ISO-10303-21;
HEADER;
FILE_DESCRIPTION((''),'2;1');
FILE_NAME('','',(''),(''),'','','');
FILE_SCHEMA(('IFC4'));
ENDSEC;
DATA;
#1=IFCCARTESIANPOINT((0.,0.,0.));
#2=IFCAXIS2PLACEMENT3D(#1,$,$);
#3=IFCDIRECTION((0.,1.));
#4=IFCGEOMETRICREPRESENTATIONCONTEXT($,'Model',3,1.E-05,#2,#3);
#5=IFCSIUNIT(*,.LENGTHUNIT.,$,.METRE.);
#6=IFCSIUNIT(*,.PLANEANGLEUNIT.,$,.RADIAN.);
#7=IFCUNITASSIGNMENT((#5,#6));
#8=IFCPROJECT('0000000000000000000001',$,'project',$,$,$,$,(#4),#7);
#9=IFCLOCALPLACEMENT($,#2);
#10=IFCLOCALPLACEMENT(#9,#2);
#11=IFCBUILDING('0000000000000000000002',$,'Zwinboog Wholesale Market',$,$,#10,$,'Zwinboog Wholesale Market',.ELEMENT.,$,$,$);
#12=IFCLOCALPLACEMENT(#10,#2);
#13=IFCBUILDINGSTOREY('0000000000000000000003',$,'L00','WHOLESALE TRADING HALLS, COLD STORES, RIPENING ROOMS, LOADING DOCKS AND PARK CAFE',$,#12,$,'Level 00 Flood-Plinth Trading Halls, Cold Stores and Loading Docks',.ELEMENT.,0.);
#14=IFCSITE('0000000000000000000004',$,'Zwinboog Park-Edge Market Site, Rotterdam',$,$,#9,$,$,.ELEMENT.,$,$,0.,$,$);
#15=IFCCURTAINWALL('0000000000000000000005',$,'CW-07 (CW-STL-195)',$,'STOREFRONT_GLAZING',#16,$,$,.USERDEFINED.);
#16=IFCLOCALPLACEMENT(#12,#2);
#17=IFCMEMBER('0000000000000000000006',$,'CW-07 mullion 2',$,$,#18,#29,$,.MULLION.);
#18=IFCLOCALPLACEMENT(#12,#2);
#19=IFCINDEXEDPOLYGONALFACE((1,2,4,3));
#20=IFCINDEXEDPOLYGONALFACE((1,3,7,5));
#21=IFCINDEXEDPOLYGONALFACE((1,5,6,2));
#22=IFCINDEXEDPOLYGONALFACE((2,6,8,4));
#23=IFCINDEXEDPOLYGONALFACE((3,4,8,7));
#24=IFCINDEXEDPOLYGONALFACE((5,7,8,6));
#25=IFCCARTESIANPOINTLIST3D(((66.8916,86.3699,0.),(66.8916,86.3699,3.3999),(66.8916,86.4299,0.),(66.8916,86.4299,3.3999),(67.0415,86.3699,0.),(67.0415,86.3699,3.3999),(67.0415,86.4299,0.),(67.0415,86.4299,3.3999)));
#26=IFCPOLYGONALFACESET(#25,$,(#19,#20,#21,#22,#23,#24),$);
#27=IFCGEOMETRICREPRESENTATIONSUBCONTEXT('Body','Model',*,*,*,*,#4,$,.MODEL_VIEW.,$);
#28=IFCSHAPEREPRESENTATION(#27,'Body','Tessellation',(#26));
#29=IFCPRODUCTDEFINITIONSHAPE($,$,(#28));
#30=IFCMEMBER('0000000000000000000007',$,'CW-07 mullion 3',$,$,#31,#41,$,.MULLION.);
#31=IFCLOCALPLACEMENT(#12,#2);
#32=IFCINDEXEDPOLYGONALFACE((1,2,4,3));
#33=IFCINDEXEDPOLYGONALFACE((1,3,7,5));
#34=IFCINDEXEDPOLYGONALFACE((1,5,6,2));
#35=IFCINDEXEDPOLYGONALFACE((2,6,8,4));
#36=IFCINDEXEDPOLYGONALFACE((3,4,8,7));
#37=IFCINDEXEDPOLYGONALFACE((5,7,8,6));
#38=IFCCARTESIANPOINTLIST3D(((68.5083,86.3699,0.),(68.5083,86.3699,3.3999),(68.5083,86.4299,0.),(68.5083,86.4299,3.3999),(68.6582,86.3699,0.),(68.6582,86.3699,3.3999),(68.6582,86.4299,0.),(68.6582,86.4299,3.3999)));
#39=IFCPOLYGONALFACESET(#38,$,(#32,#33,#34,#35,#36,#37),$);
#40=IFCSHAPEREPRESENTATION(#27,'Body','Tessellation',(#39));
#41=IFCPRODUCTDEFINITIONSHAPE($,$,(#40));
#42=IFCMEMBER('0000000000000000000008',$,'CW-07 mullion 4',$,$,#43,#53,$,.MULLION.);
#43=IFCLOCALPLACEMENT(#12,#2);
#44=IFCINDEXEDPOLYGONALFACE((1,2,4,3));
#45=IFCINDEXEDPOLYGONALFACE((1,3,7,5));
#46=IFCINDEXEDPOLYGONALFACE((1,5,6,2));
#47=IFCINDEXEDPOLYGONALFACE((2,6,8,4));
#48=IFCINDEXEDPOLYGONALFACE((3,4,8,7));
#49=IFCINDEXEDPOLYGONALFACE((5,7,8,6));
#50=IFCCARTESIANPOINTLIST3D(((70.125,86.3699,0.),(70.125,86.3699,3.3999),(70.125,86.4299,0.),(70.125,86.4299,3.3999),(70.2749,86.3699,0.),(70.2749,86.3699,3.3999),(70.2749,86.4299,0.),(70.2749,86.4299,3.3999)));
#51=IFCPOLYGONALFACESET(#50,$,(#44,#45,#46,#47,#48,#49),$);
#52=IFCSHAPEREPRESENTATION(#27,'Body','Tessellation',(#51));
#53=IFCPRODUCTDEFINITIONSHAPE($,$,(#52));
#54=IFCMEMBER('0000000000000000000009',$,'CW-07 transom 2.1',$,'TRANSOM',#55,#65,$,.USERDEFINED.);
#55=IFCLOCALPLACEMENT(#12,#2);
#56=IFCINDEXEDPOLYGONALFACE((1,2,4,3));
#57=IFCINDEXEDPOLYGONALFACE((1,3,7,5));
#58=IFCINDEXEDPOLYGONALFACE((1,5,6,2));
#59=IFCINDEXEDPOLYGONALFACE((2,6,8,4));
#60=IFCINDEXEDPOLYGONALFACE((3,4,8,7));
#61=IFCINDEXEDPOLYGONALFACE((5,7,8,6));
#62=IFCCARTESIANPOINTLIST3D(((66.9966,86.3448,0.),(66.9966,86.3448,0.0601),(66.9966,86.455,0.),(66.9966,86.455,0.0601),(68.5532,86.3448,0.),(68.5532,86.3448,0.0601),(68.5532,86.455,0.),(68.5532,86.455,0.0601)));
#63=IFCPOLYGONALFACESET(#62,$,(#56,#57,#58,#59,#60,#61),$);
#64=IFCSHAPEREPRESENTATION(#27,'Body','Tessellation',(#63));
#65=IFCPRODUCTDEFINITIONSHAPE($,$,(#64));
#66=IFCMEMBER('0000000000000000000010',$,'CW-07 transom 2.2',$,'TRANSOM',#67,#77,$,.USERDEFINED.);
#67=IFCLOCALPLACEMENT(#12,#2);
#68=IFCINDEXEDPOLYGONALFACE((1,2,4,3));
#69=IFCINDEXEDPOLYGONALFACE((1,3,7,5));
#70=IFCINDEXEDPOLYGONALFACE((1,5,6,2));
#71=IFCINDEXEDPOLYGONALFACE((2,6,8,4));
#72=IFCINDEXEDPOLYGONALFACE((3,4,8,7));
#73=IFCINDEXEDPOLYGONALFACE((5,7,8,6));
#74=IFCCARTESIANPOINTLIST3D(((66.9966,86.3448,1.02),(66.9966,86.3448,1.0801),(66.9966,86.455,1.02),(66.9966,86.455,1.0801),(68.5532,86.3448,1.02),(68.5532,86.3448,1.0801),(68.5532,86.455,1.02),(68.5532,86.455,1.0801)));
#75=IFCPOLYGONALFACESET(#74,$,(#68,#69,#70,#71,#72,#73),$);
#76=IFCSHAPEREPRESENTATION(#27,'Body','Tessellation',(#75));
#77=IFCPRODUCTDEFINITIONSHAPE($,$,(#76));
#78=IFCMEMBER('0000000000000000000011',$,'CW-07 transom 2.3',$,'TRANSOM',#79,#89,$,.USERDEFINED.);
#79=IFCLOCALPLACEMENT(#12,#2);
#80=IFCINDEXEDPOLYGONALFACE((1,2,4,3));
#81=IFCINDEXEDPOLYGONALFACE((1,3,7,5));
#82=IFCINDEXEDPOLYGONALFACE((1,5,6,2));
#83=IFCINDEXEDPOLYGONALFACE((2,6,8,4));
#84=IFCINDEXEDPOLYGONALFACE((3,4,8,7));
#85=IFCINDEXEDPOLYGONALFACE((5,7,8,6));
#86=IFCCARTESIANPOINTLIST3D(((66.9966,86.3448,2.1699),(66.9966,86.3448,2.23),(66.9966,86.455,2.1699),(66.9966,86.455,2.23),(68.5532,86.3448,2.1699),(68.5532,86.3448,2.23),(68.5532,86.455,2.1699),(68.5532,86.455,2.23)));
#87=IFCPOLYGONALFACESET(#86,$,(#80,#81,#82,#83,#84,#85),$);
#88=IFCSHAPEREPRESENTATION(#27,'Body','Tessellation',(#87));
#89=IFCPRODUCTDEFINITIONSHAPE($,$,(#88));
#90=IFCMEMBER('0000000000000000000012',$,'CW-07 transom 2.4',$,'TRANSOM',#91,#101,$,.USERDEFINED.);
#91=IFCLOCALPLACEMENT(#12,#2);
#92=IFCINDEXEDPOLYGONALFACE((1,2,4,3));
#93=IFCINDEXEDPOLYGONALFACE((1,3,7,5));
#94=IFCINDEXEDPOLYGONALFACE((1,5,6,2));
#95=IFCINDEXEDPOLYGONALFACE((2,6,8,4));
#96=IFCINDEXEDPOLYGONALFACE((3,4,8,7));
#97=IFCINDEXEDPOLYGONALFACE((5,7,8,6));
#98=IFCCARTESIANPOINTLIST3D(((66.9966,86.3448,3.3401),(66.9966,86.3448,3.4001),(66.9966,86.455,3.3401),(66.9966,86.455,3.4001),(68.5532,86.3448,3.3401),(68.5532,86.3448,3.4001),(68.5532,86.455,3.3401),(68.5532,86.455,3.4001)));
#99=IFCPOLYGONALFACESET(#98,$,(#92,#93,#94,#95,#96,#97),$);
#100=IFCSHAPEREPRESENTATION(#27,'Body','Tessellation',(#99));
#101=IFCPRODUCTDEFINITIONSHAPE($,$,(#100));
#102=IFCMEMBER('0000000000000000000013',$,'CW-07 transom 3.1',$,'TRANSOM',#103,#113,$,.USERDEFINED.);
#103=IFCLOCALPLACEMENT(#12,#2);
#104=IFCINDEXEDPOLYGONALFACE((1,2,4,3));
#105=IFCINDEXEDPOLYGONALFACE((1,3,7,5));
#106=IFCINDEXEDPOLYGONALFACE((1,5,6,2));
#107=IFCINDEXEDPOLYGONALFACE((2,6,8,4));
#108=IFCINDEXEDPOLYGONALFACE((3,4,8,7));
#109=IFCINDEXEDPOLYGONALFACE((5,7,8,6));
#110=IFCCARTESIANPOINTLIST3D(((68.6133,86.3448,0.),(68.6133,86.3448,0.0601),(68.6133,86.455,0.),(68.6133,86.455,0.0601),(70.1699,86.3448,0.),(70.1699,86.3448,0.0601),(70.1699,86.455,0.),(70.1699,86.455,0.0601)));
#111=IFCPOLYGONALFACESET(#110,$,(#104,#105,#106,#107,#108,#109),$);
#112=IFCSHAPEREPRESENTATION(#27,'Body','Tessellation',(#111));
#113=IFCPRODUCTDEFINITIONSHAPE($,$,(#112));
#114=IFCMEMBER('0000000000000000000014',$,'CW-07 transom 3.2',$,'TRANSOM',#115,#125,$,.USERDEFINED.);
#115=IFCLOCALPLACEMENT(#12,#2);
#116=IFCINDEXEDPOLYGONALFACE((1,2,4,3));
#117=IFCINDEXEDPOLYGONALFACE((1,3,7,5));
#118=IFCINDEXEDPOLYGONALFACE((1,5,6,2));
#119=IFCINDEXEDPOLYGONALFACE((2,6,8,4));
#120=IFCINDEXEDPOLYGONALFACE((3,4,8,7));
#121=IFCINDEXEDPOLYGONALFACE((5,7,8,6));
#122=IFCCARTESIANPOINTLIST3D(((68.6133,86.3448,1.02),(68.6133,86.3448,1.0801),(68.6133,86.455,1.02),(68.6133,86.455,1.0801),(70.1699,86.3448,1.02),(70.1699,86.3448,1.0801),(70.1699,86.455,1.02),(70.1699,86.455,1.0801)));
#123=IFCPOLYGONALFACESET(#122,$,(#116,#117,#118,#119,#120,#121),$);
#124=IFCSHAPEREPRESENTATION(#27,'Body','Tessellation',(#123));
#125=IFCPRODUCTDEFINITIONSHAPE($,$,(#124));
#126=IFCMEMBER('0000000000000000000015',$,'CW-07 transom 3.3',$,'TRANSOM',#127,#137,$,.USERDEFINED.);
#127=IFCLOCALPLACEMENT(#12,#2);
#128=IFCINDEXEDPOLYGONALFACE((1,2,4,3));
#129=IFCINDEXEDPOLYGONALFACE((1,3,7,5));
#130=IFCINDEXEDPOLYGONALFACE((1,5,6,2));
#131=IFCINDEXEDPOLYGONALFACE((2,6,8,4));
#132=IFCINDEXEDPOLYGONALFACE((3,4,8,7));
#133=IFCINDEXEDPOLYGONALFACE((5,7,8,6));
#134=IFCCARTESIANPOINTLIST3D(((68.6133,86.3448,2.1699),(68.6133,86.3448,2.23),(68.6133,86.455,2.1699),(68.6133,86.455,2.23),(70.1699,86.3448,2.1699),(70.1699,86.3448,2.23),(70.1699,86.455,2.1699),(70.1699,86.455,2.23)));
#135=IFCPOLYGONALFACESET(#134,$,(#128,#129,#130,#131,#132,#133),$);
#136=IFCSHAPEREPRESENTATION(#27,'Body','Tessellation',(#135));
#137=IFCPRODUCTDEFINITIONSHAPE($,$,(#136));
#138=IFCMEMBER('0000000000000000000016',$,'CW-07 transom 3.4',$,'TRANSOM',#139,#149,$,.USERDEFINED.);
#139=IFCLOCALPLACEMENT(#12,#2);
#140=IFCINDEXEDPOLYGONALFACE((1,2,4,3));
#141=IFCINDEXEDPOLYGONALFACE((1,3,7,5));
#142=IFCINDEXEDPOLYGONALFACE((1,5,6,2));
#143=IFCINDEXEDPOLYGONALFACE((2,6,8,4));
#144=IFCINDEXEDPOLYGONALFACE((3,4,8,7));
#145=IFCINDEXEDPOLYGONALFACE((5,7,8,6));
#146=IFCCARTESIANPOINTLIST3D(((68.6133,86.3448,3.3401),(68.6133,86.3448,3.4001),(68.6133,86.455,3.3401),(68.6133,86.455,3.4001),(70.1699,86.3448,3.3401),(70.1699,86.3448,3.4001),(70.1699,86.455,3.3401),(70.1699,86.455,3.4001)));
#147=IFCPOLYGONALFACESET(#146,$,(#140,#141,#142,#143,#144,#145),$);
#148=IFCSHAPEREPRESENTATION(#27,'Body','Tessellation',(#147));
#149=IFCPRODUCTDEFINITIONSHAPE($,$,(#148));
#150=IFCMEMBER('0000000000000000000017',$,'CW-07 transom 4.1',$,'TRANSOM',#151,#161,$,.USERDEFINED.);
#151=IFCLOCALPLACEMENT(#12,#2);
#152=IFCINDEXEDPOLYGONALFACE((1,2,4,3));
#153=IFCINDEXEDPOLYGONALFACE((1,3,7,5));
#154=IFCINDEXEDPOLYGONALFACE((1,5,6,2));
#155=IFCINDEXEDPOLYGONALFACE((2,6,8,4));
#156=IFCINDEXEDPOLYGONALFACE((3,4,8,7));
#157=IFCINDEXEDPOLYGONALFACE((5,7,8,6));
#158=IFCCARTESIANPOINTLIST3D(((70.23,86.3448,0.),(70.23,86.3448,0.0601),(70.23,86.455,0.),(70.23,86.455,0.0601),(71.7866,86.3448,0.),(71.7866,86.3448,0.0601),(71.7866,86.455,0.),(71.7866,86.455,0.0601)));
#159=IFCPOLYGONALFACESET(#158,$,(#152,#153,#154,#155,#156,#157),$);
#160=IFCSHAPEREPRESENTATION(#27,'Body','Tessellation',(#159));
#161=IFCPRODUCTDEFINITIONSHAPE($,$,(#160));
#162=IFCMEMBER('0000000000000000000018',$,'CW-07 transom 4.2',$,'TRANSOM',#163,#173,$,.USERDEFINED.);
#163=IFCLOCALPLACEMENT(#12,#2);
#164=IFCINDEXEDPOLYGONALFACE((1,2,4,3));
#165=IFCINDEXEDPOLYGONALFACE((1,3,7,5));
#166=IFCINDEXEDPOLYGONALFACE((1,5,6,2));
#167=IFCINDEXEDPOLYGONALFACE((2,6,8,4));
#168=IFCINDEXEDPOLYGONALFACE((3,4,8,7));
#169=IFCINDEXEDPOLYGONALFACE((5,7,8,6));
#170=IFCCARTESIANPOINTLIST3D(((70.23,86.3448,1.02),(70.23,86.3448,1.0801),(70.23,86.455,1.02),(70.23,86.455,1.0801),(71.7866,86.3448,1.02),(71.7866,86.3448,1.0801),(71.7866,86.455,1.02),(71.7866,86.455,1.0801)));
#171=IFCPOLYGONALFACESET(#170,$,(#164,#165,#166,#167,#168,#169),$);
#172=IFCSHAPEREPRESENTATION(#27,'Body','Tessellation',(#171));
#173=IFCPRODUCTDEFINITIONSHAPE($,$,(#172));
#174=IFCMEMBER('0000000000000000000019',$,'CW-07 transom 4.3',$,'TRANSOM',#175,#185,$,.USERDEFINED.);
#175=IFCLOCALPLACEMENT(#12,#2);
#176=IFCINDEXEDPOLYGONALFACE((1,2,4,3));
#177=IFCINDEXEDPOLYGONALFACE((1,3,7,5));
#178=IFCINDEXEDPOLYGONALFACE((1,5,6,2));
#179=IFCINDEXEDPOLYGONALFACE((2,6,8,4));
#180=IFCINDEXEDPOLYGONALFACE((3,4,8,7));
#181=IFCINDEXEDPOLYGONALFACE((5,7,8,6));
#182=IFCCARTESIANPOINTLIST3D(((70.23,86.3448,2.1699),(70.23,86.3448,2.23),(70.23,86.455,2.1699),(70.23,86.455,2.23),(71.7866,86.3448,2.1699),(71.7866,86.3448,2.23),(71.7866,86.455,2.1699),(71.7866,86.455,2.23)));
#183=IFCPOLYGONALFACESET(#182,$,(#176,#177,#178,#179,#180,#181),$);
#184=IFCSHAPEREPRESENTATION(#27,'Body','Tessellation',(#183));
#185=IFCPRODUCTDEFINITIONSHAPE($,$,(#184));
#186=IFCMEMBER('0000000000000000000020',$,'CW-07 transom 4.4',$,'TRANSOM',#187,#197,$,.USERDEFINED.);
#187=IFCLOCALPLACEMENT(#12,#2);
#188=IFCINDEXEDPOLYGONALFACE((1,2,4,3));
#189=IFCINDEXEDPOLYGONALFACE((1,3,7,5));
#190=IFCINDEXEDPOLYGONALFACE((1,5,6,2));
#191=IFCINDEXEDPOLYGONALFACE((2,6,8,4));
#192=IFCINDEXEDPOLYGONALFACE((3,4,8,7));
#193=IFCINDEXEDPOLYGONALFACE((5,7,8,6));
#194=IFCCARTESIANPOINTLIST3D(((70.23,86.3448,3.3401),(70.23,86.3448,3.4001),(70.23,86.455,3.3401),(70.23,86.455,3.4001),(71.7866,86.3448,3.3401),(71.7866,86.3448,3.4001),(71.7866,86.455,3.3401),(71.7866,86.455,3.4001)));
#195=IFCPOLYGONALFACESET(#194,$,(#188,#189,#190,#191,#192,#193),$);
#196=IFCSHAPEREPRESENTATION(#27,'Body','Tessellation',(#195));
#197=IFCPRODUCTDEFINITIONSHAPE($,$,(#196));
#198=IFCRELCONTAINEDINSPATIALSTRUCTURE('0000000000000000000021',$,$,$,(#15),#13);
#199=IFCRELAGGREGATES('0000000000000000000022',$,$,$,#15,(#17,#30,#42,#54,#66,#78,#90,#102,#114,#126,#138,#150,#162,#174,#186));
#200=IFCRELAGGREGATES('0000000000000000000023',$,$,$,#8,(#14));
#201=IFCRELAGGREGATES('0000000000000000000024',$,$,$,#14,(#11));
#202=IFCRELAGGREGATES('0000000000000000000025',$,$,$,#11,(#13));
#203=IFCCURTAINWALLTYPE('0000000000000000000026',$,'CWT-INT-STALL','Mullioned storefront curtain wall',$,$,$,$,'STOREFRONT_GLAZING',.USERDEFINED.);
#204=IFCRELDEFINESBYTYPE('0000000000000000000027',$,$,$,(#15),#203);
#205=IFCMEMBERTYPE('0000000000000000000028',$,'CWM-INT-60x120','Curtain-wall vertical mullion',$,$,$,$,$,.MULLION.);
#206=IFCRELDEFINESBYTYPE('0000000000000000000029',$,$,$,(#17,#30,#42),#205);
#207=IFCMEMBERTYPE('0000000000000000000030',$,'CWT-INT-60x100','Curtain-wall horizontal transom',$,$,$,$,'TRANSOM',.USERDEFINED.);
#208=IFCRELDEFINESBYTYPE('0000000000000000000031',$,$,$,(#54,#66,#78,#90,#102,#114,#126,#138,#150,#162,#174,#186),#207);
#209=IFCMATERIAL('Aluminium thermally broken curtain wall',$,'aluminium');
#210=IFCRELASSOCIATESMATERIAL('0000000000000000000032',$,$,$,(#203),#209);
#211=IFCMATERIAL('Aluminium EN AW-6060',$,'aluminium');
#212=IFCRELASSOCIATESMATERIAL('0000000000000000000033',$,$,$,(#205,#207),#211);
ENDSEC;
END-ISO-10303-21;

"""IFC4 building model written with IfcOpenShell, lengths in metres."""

from ifc_helpers import new_model, si_unit, direction, frame, origin, origin_2d, place, context, subcontext, project, spatial, rectangle, extrude, material, material_profile, profile_set, type_object, element, aggregate, save


model = new_model("IFC4")

# Units and contexts
model_context = context("Model", 3, precision=1e-05, world=origin(), true_north=direction((0.0, 1.0)))
body_context = subcontext(model_context, "Body", "Model", "MODEL_VIEW")
ifc_project = project(units=[si_unit("LENGTHUNIT", "METRE"), si_unit("PLANEANGLEUNIT", "RADIAN")], contexts=[model_context])

# Site, building, storey
site_placement = place(None, origin())
site = spatial("IfcSite", under=ifc_project, at=site_placement, Name="Zwinboog Park-Edge Market Site, Rotterdam", CompositionType="ELEMENT", RefElevation=0.0)
building_placement = place(site_placement, origin())
building = spatial("IfcBuilding", under=site, at=building_placement, Name="Zwinboog Wholesale Market", LongName="Zwinboog Wholesale Market", CompositionType="ELEMENT")
storey_placement = place(building_placement, origin())
storey = spatial("IfcBuildingStorey", under=building, at=storey_placement, Name="L00", Description="WHOLESALE TRADING HALLS, COLD STORES, RIPENING ROOMS, LOADING DOCKS AND PARK CAFE", LongName="Level 00 Flood-Plinth Trading Halls, Cold Stores and Loading Docks", CompositionType="ELEMENT", Elevation=0.0)

# Curtain wall, members
ifc_material_1 = material(Name="Aluminium thermally broken curtain wall", Category="aluminium")
curtain_wall_type = type_object("IfcCurtainWallType", Name="CWT-INT-STALL", Description="Mullioned storefront curtain wall", ElementType="STOREFRONT_GLAZING", PredefinedType="USERDEFINED", material=ifc_material_1)
curtain_wall_placement = place(storey_placement, origin())
curtain_wall = element("IfcCurtainWall", 1, at=curtain_wall_placement, inside=storey, type_object=curtain_wall_type, Name="CW-07 (CW-STL-195)", ObjectType="STOREFRONT_GLAZING", PredefinedType="USERDEFINED")
ifc_material_2 = material(Name="Aluminium EN AW-6060", Category="aluminium")
ifc_material_profile_1 = material_profile(ifc_material_2, rectangle(XDim=0.0601, YDim=0.1499, at=origin_2d()), Name="AL 60x150")
ifc_profile_set_1 = profile_set([ifc_material_profile_1], Name="Aluminium EN AW-6060")
member_type_1 = type_object("IfcMemberType", Name="CWM-INT-60x120", Description="Curtain-wall vertical mullion", PredefinedType="MULLION", material=ifc_profile_set_1)
member_1_placement = place(storey_placement, frame((66.9666, 86.3999, 0.0), z_axis=(0.0, 0.0, 1.0), x_axis=(0.0, 1.0, 0.0)))
member_1 = element("IfcMember", 2, at=member_1_placement, type_object=member_type_1, Name="CW-07 mullion 2", PredefinedType="MULLION", context=body_context, shape_type="SweptSolid", body=[
    extrude(rectangle(XDim=0.0601, YDim=0.1499, at=origin_2d()), origin(), (0.0, 0.0, 1.0), 3.3999),
])
member_2_placement = place(storey_placement, frame((68.5833, 86.3999, 0.0), z_axis=(0.0, 0.0, 1.0), x_axis=(0.0, 1.0, 0.0)))
member_2 = element("IfcMember", 3, at=member_2_placement, type_object=member_type_1, Name="CW-07 mullion 3", PredefinedType="MULLION", context=body_context, shape_type="SweptSolid", body=[
    extrude(rectangle(XDim=0.0601, YDim=0.1499, at=origin_2d()), origin(), (0.0, 0.0, 1.0), 3.3999),
])
member_3_placement = place(storey_placement, frame((70.2, 86.3999, 0.0), z_axis=(0.0, 0.0, 1.0), x_axis=(0.0, 1.0, 0.0)))
member_3 = element("IfcMember", 4, at=member_3_placement, type_object=member_type_1, Name="CW-07 mullion 4", PredefinedType="MULLION", context=body_context, shape_type="SweptSolid", body=[
    extrude(rectangle(XDim=0.0601, YDim=0.1499, at=origin_2d()), origin(), (0.0, 0.0, 1.0), 3.3999),
])
ifc_material_profile_2 = material_profile(ifc_material_2, rectangle(XDim=0.1101, YDim=0.0601, at=origin_2d()), Name="AL 60x110")
ifc_profile_set_2 = profile_set([ifc_material_profile_2], Name="Aluminium EN AW-6060")
member_type_2 = type_object("IfcMemberType", Name="CWT-INT-60x100", Description="Curtain-wall horizontal transom", ElementType="TRANSOM", PredefinedType="USERDEFINED", material=ifc_profile_set_2)
member_4_placement = place(storey_placement, frame((66.9966, 86.3999, 0.03), z_axis=(1.0, 0.0, 0.0), x_axis=(0.0, 1.0, 0.0)))
member_4 = element("IfcMember", 5, at=member_4_placement, type_object=member_type_2, Name="CW-07 transom 2.1", ObjectType="TRANSOM", PredefinedType="USERDEFINED", context=body_context, shape_type="SweptSolid", body=[
    extrude(rectangle(XDim=0.1101, YDim=0.0601, at=origin_2d()), origin(), (0.0, 0.0, 1.0), 1.5566),
])
member_5_placement = place(storey_placement, frame((66.9966, 86.3999, 1.05), z_axis=(1.0, 0.0, 0.0), x_axis=(0.0, 1.0, 0.0)))
member_5 = element("IfcMember", 6, at=member_5_placement, type_object=member_type_2, Name="CW-07 transom 2.2", ObjectType="TRANSOM", PredefinedType="USERDEFINED", context=body_context, shape_type="SweptSolid", body=[
    extrude(rectangle(XDim=0.1101, YDim=0.0601, at=origin_2d()), origin(), (0.0, 0.0, 1.0), 1.5566),
])
member_6_placement = place(storey_placement, frame((66.9966, 86.3999, 2.2), z_axis=(1.0, 0.0, 0.0), x_axis=(0.0, 1.0, 0.0)))
member_6 = element("IfcMember", 7, at=member_6_placement, type_object=member_type_2, Name="CW-07 transom 2.3", ObjectType="TRANSOM", PredefinedType="USERDEFINED", context=body_context, shape_type="SweptSolid", body=[
    extrude(rectangle(XDim=0.1101, YDim=0.0601, at=origin_2d()), origin(), (0.0, 0.0, 1.0), 1.5566),
])
member_7_placement = place(storey_placement, frame((66.9966, 86.3999, 3.3701), z_axis=(1.0, 0.0, 0.0), x_axis=(0.0, 1.0, 0.0)))
member_7 = element("IfcMember", 8, at=member_7_placement, type_object=member_type_2, Name="CW-07 transom 2.4", ObjectType="TRANSOM", PredefinedType="USERDEFINED", context=body_context, shape_type="SweptSolid", body=[
    extrude(rectangle(XDim=0.1101, YDim=0.0601, at=origin_2d()), origin(), (0.0, 0.0, 1.0), 1.5566),
])
member_8_placement = place(storey_placement, frame((68.6133, 86.3999, 0.03), z_axis=(1.0, 0.0, 0.0), x_axis=(0.0, 1.0, 0.0)))
member_8 = element("IfcMember", 9, at=member_8_placement, type_object=member_type_2, Name="CW-07 transom 3.1", ObjectType="TRANSOM", PredefinedType="USERDEFINED", context=body_context, shape_type="SweptSolid", body=[
    extrude(rectangle(XDim=0.1101, YDim=0.0601, at=origin_2d()), origin(), (0.0, 0.0, 1.0), 1.5566),
])
member_9_placement = place(storey_placement, frame((68.6133, 86.3999, 1.05), z_axis=(1.0, 0.0, 0.0), x_axis=(0.0, 1.0, 0.0)))
member_9 = element("IfcMember", 10, at=member_9_placement, type_object=member_type_2, Name="CW-07 transom 3.2", ObjectType="TRANSOM", PredefinedType="USERDEFINED", context=body_context, shape_type="SweptSolid", body=[
    extrude(rectangle(XDim=0.1101, YDim=0.0601, at=origin_2d()), origin(), (0.0, 0.0, 1.0), 1.5566),
])
member_10_placement = place(storey_placement, frame((68.6133, 86.3999, 2.2), z_axis=(1.0, 0.0, 0.0), x_axis=(0.0, 1.0, 0.0)))
member_10 = element("IfcMember", 11, at=member_10_placement, type_object=member_type_2, Name="CW-07 transom 3.3", ObjectType="TRANSOM", PredefinedType="USERDEFINED", context=body_context, shape_type="SweptSolid", body=[
    extrude(rectangle(XDim=0.1101, YDim=0.0601, at=origin_2d()), origin(), (0.0, 0.0, 1.0), 1.5566),
])
member_11_placement = place(storey_placement, frame((68.6133, 86.3999, 3.3701), z_axis=(1.0, 0.0, 0.0), x_axis=(0.0, 1.0, 0.0)))
member_11 = element("IfcMember", 12, at=member_11_placement, type_object=member_type_2, Name="CW-07 transom 3.4", ObjectType="TRANSOM", PredefinedType="USERDEFINED", context=body_context, shape_type="SweptSolid", body=[
    extrude(rectangle(XDim=0.1101, YDim=0.0601, at=origin_2d()), origin(), (0.0, 0.0, 1.0), 1.5566),
])
member_12_placement = place(storey_placement, frame((70.23, 86.3999, 0.03), z_axis=(1.0, 0.0, 0.0), x_axis=(0.0, 1.0, 0.0)))
member_12 = element("IfcMember", 13, at=member_12_placement, type_object=member_type_2, Name="CW-07 transom 4.1", ObjectType="TRANSOM", PredefinedType="USERDEFINED", context=body_context, shape_type="SweptSolid", body=[
    extrude(rectangle(XDim=0.1101, YDim=0.0601, at=origin_2d()), origin(), (0.0, 0.0, 1.0), 1.5566),
])
member_13_placement = place(storey_placement, frame((70.23, 86.3999, 1.05), z_axis=(1.0, 0.0, 0.0), x_axis=(0.0, 1.0, 0.0)))
member_13 = element("IfcMember", 14, at=member_13_placement, type_object=member_type_2, Name="CW-07 transom 4.2", ObjectType="TRANSOM", PredefinedType="USERDEFINED", context=body_context, shape_type="SweptSolid", body=[
    extrude(rectangle(XDim=0.1101, YDim=0.0601, at=origin_2d()), origin(), (0.0, 0.0, 1.0), 1.5566),
])
member_14_placement = place(storey_placement, frame((70.23, 86.3999, 2.2), z_axis=(1.0, 0.0, 0.0), x_axis=(0.0, 1.0, 0.0)))
member_14 = element("IfcMember", 15, at=member_14_placement, type_object=member_type_2, Name="CW-07 transom 4.3", ObjectType="TRANSOM", PredefinedType="USERDEFINED", context=body_context, shape_type="SweptSolid", body=[
    extrude(rectangle(XDim=0.1101, YDim=0.0601, at=origin_2d()), origin(), (0.0, 0.0, 1.0), 1.5566),
])
member_15_placement = place(storey_placement, frame((70.23, 86.3999, 3.3701), z_axis=(1.0, 0.0, 0.0), x_axis=(0.0, 1.0, 0.0)))
member_15 = element("IfcMember", 16, at=member_15_placement, type_object=member_type_2, Name="CW-07 transom 4.4", ObjectType="TRANSOM", PredefinedType="USERDEFINED", context=body_context, shape_type="SweptSolid", body=[
    extrude(rectangle(XDim=0.1101, YDim=0.0601, at=origin_2d()), origin(), (0.0, 0.0, 1.0), 1.5566),
])
aggregate(curtain_wall, [member_1, member_2, member_3, member_4, member_5, member_6, member_7, member_8, member_9, member_10, member_11, member_12, member_13, member_14, member_15])

save(model, "model.ifc")
